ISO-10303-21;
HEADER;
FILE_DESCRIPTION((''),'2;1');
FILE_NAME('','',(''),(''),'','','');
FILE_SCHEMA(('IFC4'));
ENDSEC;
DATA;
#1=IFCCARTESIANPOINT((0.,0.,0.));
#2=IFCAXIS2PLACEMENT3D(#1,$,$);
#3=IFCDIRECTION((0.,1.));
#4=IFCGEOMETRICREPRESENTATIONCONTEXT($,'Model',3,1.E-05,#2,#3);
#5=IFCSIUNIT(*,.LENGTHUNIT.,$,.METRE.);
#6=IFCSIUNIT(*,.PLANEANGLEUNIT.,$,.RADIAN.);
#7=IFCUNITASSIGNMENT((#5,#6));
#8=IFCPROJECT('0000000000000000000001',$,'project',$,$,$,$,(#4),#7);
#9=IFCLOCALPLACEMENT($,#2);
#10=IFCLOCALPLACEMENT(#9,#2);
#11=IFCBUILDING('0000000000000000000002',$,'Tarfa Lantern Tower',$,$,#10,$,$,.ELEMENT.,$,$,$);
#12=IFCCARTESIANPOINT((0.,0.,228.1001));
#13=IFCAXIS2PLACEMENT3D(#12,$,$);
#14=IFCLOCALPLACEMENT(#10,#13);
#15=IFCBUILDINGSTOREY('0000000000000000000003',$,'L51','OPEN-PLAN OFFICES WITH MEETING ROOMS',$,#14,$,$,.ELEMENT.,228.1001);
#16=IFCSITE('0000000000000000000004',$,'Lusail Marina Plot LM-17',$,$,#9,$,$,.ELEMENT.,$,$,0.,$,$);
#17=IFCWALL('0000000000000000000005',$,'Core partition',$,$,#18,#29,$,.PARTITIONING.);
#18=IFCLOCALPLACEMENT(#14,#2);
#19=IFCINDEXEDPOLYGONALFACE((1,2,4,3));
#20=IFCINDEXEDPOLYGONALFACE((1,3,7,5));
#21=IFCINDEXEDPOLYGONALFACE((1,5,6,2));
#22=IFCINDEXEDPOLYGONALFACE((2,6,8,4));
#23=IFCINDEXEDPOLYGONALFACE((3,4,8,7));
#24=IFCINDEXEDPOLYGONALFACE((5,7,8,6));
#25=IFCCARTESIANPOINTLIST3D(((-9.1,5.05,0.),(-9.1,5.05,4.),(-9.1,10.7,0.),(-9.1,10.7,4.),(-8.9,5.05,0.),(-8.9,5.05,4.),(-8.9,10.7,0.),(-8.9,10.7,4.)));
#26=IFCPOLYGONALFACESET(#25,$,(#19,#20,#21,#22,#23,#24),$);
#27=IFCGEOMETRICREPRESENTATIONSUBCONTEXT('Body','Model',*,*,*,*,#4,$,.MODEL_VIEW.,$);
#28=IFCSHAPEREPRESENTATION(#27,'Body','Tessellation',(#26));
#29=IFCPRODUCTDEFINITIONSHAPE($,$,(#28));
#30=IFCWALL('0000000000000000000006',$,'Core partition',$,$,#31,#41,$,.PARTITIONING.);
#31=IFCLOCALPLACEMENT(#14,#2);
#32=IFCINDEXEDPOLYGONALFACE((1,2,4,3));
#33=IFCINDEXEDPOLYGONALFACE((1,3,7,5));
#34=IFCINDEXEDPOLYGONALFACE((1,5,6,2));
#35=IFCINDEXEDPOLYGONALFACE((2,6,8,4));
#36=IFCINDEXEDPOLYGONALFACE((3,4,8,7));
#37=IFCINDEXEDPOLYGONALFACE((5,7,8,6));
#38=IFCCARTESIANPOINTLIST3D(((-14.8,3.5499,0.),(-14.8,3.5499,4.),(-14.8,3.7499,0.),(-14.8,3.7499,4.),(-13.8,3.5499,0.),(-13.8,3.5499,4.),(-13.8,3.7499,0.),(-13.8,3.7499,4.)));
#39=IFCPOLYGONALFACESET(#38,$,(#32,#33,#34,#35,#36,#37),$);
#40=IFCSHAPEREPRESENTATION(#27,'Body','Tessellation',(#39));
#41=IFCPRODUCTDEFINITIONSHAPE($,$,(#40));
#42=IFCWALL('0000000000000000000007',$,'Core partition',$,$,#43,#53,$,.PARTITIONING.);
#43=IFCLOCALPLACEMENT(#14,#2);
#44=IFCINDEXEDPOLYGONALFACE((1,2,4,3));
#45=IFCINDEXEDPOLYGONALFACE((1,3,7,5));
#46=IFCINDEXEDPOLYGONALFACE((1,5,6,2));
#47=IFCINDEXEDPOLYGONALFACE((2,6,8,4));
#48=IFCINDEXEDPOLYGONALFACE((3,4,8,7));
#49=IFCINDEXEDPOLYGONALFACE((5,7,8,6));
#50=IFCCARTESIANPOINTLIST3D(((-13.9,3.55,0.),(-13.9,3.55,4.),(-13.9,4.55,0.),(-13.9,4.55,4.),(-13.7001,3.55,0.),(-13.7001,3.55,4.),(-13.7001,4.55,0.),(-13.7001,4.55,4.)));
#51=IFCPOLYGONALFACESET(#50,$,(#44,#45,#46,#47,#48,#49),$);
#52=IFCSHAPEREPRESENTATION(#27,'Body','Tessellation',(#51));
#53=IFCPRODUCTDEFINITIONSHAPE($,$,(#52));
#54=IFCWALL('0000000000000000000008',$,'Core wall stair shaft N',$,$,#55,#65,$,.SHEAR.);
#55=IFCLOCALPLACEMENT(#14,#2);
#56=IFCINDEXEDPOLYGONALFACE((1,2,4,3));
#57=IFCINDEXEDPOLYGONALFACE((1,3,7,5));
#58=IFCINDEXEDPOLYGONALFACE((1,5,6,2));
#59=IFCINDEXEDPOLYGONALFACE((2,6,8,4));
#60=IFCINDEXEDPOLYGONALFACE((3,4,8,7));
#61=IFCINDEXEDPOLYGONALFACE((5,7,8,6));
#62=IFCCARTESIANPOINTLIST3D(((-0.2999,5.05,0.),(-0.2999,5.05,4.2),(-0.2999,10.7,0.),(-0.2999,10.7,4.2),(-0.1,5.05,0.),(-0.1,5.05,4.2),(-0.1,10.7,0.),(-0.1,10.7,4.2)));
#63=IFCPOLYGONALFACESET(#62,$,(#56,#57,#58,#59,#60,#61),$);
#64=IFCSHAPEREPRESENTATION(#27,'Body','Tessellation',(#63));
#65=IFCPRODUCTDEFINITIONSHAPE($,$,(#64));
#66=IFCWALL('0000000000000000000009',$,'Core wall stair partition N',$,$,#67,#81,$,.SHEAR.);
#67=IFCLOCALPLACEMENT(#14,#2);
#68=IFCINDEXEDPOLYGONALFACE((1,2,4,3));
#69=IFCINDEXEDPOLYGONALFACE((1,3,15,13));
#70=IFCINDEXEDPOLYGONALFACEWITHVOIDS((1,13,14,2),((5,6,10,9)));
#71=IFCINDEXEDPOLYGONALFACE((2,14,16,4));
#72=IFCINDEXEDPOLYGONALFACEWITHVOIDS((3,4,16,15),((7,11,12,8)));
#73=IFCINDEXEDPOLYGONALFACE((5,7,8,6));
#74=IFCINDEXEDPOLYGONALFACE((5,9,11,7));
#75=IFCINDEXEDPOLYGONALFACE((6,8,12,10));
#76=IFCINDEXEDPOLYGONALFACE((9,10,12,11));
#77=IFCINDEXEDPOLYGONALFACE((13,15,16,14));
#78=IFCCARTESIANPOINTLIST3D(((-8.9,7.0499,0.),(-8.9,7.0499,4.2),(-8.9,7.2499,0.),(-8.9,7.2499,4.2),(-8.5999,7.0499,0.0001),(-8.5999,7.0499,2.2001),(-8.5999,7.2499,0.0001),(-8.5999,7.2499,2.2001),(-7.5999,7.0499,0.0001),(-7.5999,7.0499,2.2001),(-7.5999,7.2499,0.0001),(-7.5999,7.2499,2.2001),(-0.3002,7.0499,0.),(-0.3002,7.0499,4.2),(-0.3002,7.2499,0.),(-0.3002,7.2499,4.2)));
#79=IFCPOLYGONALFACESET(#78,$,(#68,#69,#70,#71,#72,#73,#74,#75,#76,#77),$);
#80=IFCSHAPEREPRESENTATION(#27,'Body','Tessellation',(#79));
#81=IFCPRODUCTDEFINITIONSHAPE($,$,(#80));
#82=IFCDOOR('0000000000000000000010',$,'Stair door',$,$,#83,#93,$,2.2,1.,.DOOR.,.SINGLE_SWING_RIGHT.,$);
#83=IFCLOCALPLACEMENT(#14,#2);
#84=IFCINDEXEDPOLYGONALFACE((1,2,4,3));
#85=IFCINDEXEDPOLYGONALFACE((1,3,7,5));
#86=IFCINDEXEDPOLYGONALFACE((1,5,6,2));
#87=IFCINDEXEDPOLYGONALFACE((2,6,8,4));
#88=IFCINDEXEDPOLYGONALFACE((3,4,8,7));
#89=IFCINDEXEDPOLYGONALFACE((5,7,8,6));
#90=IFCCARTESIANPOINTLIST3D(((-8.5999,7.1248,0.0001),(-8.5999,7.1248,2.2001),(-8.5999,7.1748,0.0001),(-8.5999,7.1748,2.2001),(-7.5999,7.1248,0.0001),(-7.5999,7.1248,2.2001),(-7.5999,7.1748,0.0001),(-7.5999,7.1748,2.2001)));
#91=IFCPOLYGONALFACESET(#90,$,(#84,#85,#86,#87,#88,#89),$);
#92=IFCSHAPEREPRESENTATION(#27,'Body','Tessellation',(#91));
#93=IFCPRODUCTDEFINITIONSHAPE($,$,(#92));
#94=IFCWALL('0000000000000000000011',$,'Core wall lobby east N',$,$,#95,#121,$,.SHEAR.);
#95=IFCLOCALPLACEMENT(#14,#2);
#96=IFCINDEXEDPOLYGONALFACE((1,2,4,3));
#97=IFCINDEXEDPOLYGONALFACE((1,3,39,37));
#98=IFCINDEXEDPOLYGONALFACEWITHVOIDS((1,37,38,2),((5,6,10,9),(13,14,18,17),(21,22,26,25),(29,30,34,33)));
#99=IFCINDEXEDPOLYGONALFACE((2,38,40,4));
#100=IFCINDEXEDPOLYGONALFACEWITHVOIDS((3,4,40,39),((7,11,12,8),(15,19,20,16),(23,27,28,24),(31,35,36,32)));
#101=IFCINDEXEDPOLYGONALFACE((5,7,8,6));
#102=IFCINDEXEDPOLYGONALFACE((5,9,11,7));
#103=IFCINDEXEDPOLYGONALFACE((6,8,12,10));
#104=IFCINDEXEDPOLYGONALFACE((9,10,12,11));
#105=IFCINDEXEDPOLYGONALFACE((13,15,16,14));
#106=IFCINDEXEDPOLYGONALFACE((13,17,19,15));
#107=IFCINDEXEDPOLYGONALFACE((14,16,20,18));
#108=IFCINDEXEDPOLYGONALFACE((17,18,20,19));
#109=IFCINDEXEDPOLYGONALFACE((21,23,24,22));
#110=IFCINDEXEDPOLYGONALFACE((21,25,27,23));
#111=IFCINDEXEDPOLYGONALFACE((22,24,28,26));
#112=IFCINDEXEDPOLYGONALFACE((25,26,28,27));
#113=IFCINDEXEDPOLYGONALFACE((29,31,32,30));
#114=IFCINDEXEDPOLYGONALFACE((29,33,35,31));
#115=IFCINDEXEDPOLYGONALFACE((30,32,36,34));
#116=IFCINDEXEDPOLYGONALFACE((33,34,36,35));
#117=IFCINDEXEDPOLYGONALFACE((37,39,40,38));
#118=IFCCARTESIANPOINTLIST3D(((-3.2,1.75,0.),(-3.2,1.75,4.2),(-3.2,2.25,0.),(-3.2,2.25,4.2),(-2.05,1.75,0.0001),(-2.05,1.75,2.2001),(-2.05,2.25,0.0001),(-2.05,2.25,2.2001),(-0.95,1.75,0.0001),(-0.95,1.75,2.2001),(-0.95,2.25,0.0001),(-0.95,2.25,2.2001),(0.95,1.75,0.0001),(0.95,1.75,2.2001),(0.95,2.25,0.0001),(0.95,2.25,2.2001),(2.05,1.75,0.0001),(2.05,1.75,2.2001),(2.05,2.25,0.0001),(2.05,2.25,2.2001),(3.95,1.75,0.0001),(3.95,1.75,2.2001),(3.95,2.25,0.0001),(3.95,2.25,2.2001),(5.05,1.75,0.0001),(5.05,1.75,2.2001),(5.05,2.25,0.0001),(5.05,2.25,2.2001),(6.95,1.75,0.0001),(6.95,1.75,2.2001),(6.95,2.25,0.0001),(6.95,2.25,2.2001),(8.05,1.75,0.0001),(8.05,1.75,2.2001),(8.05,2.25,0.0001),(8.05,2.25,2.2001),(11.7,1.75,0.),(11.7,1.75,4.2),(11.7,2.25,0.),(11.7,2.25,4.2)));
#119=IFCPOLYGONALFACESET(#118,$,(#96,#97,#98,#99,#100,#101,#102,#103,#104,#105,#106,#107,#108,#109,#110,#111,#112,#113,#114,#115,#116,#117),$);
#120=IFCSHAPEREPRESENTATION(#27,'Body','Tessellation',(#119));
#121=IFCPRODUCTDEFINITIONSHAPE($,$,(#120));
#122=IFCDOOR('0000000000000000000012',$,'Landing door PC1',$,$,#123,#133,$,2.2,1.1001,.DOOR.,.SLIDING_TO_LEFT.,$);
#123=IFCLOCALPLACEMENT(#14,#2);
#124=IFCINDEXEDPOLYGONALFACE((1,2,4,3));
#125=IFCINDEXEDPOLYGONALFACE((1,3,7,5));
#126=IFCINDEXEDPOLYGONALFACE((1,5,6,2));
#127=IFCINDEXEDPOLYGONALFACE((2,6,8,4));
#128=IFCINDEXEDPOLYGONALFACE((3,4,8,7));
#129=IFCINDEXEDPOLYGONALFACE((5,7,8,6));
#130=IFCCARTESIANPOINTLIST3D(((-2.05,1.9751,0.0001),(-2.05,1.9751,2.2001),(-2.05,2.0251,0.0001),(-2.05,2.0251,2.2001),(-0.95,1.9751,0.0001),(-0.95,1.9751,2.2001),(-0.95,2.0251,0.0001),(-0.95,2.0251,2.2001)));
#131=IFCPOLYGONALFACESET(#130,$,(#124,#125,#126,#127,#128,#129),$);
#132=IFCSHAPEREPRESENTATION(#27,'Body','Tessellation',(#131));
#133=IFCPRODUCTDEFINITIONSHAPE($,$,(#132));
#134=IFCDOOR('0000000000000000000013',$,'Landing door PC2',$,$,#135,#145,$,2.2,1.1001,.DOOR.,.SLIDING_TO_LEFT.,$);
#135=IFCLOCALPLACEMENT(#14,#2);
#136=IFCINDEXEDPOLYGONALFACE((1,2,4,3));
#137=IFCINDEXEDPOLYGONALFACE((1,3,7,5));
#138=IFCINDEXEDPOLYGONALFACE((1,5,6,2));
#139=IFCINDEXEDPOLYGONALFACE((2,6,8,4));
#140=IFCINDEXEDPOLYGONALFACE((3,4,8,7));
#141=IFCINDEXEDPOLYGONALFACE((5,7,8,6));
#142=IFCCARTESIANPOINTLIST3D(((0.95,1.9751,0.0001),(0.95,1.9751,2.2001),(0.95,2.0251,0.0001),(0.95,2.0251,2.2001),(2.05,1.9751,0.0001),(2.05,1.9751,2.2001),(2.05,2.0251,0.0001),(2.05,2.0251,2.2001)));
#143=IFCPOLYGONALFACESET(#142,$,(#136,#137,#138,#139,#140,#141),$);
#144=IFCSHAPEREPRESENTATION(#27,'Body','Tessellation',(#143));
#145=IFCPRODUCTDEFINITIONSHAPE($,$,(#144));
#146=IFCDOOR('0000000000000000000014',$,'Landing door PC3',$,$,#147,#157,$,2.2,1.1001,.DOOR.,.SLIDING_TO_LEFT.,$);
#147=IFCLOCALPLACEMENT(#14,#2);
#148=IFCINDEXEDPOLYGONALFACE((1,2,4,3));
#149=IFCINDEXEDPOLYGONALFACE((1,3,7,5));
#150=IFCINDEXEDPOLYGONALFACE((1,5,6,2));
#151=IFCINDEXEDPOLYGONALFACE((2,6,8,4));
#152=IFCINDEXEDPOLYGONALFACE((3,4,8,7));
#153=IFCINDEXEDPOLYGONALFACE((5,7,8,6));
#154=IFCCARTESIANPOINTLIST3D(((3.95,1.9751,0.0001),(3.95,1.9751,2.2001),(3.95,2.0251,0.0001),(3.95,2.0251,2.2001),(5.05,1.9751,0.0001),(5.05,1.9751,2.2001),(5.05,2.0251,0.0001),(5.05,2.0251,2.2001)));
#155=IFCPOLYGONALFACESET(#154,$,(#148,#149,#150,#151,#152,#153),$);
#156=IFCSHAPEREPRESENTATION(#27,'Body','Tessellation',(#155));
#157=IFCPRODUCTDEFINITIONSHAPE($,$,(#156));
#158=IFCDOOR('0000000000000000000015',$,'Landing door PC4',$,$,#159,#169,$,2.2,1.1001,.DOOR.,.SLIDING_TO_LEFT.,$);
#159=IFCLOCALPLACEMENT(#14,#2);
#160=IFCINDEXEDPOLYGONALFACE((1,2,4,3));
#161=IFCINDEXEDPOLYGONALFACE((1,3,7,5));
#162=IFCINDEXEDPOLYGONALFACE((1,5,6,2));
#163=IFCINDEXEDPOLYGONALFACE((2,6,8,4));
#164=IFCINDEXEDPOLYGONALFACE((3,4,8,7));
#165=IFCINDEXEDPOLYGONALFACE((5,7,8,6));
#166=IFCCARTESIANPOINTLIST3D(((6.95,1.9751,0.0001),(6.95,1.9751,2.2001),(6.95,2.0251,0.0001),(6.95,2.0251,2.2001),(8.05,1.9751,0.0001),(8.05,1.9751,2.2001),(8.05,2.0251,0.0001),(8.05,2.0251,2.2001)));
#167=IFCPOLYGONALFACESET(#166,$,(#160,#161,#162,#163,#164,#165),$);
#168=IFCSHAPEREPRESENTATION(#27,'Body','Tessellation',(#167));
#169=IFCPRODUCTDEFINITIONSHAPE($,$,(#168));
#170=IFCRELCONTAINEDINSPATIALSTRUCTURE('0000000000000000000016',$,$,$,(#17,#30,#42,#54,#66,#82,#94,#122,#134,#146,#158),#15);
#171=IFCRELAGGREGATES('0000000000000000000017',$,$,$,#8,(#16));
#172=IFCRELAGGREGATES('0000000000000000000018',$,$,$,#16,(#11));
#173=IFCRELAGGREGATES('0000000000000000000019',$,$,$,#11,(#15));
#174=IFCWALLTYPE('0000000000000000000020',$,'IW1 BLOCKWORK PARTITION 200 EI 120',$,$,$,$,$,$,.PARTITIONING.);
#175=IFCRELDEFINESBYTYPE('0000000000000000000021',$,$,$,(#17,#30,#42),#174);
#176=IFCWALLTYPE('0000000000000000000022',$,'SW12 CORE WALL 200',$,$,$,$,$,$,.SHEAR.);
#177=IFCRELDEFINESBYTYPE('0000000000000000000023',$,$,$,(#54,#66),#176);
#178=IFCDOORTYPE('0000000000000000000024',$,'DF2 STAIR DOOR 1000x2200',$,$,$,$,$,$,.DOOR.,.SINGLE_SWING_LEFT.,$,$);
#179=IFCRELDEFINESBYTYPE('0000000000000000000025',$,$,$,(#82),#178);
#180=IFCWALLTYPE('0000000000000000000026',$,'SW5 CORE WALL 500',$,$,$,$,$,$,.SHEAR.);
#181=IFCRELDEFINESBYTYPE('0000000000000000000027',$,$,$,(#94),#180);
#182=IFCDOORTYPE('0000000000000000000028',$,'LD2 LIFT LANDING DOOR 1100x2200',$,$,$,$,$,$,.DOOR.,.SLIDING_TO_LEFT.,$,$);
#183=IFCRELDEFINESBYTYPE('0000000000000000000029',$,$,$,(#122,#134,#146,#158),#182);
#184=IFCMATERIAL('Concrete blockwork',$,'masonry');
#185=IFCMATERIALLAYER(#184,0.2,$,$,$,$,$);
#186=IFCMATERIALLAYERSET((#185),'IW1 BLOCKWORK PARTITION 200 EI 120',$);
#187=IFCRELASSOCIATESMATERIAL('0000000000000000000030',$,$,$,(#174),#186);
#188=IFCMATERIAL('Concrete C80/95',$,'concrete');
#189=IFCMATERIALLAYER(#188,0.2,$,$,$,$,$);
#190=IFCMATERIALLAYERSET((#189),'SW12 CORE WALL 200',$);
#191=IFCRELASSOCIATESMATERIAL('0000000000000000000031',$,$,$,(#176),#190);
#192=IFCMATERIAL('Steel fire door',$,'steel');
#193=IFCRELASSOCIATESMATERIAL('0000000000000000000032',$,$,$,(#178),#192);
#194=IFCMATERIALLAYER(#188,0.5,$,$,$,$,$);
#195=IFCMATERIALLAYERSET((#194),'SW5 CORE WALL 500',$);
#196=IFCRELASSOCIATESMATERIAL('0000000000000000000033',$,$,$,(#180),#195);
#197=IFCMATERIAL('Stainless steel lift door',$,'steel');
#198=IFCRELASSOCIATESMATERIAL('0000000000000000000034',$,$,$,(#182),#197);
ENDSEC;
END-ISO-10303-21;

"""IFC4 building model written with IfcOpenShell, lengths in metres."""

from ifc_helpers import new_model, si_unit, direction, frame, frame_2d, origin, place, context, subcontext, project, spatial, rectangle, extrude, material, layer, layer_set, type_object, element, fill, save


model = new_model("IFC4")

# Units and contexts
model_context = context("Model", 3, precision=1e-05, world=origin(), true_north=direction((0.0, 1.0)))
body_context = subcontext(model_context, "Body", "Model", "MODEL_VIEW")
ifc_project = project(units=[si_unit("LENGTHUNIT", "METRE"), si_unit("PLANEANGLEUNIT", "RADIAN")], contexts=[model_context])

# Site, building, storey
site_placement = place(None, origin())
site = spatial("IfcSite", under=ifc_project, at=site_placement, Name="Lusail Marina Plot LM-17", CompositionType="ELEMENT", RefElevation=0.0)
building_placement = place(site_placement, origin())
building = spatial("IfcBuilding", under=site, at=building_placement, Name="Tarfa Lantern Tower", CompositionType="ELEMENT")
storey_placement = place(building_placement, frame((0.0, 0.0, 228.1001)))
storey = spatial("IfcBuildingStorey", under=building, at=storey_placement, Name="L51", Description="OPEN-PLAN OFFICES WITH MEETING ROOMS", CompositionType="ELEMENT", Elevation=228.1001)

# Walls
ifc_material_1 = material(Name="Concrete blockwork", Category="masonry")
ifc_layer_1 = layer(ifc_material_1, 0.2)
ifc_layer_set_1 = layer_set([ifc_layer_1], Name="IW1 BLOCKWORK PARTITION 200 EI 120")
wall_type_1 = type_object("IfcWallType", Name="IW1 BLOCKWORK PARTITION 200 EI 120", PredefinedType="PARTITIONING", material=ifc_layer_set_1)
wall_1_placement = place(storey_placement, frame((-9.0, 5.05, 0.0), z_axis=(0.0, 0.0, 1.0), x_axis=(0.0, 1.0, 0.0)))
element("IfcWall", 1, at=wall_1_placement, inside=storey, type_object=wall_type_1, Name="Core partition", PredefinedType="PARTITIONING", context=body_context, shape_type="SweptSolid", body=[
    extrude(rectangle(XDim=5.6499, YDim=0.2, at=frame_2d((2.825, 0.0))), origin(), (0.0, 0.0, 1.0), 4.0),
])
for number, where, z_axis, x_axis, name in (
    (2, (-14.8, 3.6499, 0.0), (0.0, 0.0, 1.0), (1.0, 0.0, 0.0), "Core partition"),
    (3, (-13.8, 3.55, 0.0), (0.0, 0.0, 1.0), (0.0, 1.0, 0.0), "Core partition"),
):
    element("IfcWall", number, at=place(storey_placement, frame(where, z_axis=z_axis, x_axis=x_axis)), inside=storey, type_object=wall_type_1, Name=name, PredefinedType="PARTITIONING", context=body_context, shape_type="SweptSolid", body=[
        extrude(rectangle(XDim=1.0, YDim=0.2, at=frame_2d((0.5, 0.0))), origin(), (0.0, 0.0, 1.0), 4.0),
    ])
ifc_material_2 = material(Name="Concrete C80/95", Category="concrete")
ifc_layer_2 = layer(ifc_material_2, 0.2)
ifc_layer_set_2 = layer_set([ifc_layer_2], Name="SW12 CORE WALL 200")
wall_type_2 = type_object("IfcWallType", Name="SW12 CORE WALL 200", PredefinedType="SHEAR", material=ifc_layer_set_2)
wall_2_placement = place(storey_placement, frame((-0.2, 5.05, 0.0), z_axis=(0.0, 0.0, 1.0), x_axis=(0.0, 1.0, 0.0)))
element("IfcWall", 4, at=wall_2_placement, inside=storey, type_object=wall_type_2, Name="Core wall stair shaft N", PredefinedType="SHEAR", context=body_context, shape_type="SweptSolid", body=[
    extrude(rectangle(XDim=5.6499, YDim=0.2, at=frame_2d((2.825, 0.0))), origin(), (0.0, 0.0, 1.0), 4.2),
])

# Wall, opening, door
wall_3_placement = place(storey_placement, frame((-8.8999, 7.1499, 0.0), z_axis=(0.0, 0.0, 1.0), x_axis=(1.0, 0.0, 0.0)))
wall_3 = element("IfcWall", 5, at=wall_3_placement, inside=storey, type_object=wall_type_2, Name="Core wall stair partition N", PredefinedType="SHEAR", context=body_context, shape_type="SweptSolid", body=[
    extrude(rectangle(XDim=8.5999, YDim=0.2, at=frame_2d((4.2998, 0.0))), origin(), (0.0, 0.0, 1.0), 4.2),
])
opening_1_placement = place(wall_3_placement, frame((0.3, 0.0, 0.0)))
opening_1 = element("IfcOpeningElement", 6, at=opening_1_placement, cuts=wall_3, PredefinedType="OPENING", context=body_context, shape_type="SweptSolid", body=[
    extrude(rectangle(XDim=1.0, YDim=2.2, at=frame_2d((0.5, 1.1001))), frame((0.0, 0.1099, 0.0), z_axis=(0.0, -1.0, 0.0), x_axis=(1.0, 0.0, 0.0)), (0.0, 0.0, 1.0), 0.22),
])
ifc_material_3 = material(Name="Steel fire door", Category="steel")
door_type_1 = type_object("IfcDoorType", Name="DF2 STAIR DOOR 1000x2200", OperationType="SINGLE_SWING_LEFT", PredefinedType="DOOR", material=ifc_material_3)
door_1_placement = place(opening_1_placement, origin())
door_1 = element("IfcDoor", 7, at=door_1_placement, inside=storey, type_object=door_type_1, Name="Stair door", OperationType="SINGLE_SWING_RIGHT", OverallHeight=2.2, OverallWidth=1.0, PredefinedType="DOOR", context=body_context, shape_type="SweptSolid", body=[
    extrude(rectangle(XDim=1.0, YDim=2.2, at=frame_2d((0.5, 1.1001))), frame((0.0, 0.0249, 0.0), z_axis=(0.0, -1.0, 0.0), x_axis=(1.0, 0.0, 0.0)), (0.0, 0.0, 1.0), 0.05),
])
fill(opening_1, door_1)

# Wall, openings, doors
ifc_layer_3 = layer(ifc_material_2, 0.5)
ifc_layer_set_3 = layer_set([ifc_layer_3], Name="SW5 CORE WALL 500")
wall_type_3 = type_object("IfcWallType", Name="SW5 CORE WALL 500", PredefinedType="SHEAR", material=ifc_layer_set_3)
wall_4_placement = place(storey_placement, frame((-3.2, 2.0, 0.0), z_axis=(0.0, 0.0, 1.0), x_axis=(1.0, 0.0, 0.0)))
wall_4 = element("IfcWall", 8, at=wall_4_placement, inside=storey, type_object=wall_type_3, Name="Core wall lobby east N", PredefinedType="SHEAR", context=body_context, shape_type="SweptSolid", body=[
    extrude(rectangle(XDim=14.8999, YDim=0.5, at=frame_2d((7.45, 0.0))), origin(), (0.0, 0.0, 1.0), 4.2),
])
opening_2_placement = place(wall_4_placement, frame((1.1499, 0.0, 0.0)))
opening_2 = element("IfcOpeningElement", 9, at=opening_2_placement, cuts=wall_4, PredefinedType="OPENING", context=body_context, shape_type="SweptSolid", body=[
    extrude(rectangle(XDim=1.1001, YDim=2.2, at=frame_2d((0.55, 1.1001))), frame((0.0, 0.26, 0.0), z_axis=(0.0, -1.0, 0.0), x_axis=(1.0, 0.0, 0.0)), (0.0, 0.0, 1.0), 0.52),
])
opening_3_placement = place(wall_4_placement, frame((4.1499, 0.0, 0.0)))
opening_3 = element("IfcOpeningElement", 10, at=opening_3_placement, cuts=wall_4, PredefinedType="OPENING", context=body_context, shape_type="SweptSolid", body=[
    extrude(rectangle(XDim=1.1001, YDim=2.2, at=frame_2d((0.55, 1.1001))), frame((0.0, 0.26, 0.0), z_axis=(0.0, -1.0, 0.0), x_axis=(1.0, 0.0, 0.0)), (0.0, 0.0, 1.0), 0.52),
])
opening_4_placement = place(wall_4_placement, frame((7.1499, 0.0, 0.0)))
opening_4 = element("IfcOpeningElement", 11, at=opening_4_placement, cuts=wall_4, PredefinedType="OPENING", context=body_context, shape_type="SweptSolid", body=[
    extrude(rectangle(XDim=1.1001, YDim=2.2, at=frame_2d((0.55, 1.1001))), frame((0.0, 0.26, 0.0), z_axis=(0.0, -1.0, 0.0), x_axis=(1.0, 0.0, 0.0)), (0.0, 0.0, 1.0), 0.52),
])
opening_5_placement = place(wall_4_placement, frame((10.1499, 0.0, 0.0)))
opening_5 = element("IfcOpeningElement", 12, at=opening_5_placement, cuts=wall_4, PredefinedType="OPENING", context=body_context, shape_type="SweptSolid", body=[
    extrude(rectangle(XDim=1.1001, YDim=2.2, at=frame_2d((0.55, 1.1001))), frame((0.0, 0.26, 0.0), z_axis=(0.0, -1.0, 0.0), x_axis=(1.0, 0.0, 0.0)), (0.0, 0.0, 1.0), 0.52),
])
ifc_material_4 = material(Name="Stainless steel lift door", Category="steel")
door_type_2 = type_object("IfcDoorType", Name="LD2 LIFT LANDING DOOR 1100x2200", OperationType="SLIDING_TO_LEFT", PredefinedType="DOOR", material=ifc_material_4)
door_2_placement = place(opening_2_placement, frame((1.1001, 0.0, 0.0), z_axis=(0.0, 0.0, 1.0), x_axis=(-1.0, 0.0, 0.0)))
door_2 = element("IfcDoor", 13, at=door_2_placement, inside=storey, type_object=door_type_2, Name="Landing door PC1", OperationType="SLIDING_TO_LEFT", OverallHeight=2.2, OverallWidth=1.1001, PredefinedType="DOOR", context=body_context, shape_type="SweptSolid", body=[
    extrude(rectangle(XDim=1.1001, YDim=2.2, at=frame_2d((0.55, 1.1001))), frame((0.0, 0.0249, 0.0), z_axis=(0.0, -1.0, 0.0), x_axis=(1.0, 0.0, 0.0)), (0.0, 0.0, 1.0), 0.05),
])
fill(opening_2, door_2)
door_3_placement = place(opening_3_placement, frame((1.1001, 0.0, 0.0), z_axis=(0.0, 0.0, 1.0), x_axis=(-1.0, 0.0, 0.0)))
door_3 = element("IfcDoor", 14, at=door_3_placement, inside=storey, type_object=door_type_2, Name="Landing door PC2", OperationType="SLIDING_TO_LEFT", OverallHeight=2.2, OverallWidth=1.1001, PredefinedType="DOOR", context=body_context, shape_type="SweptSolid", body=[
    extrude(rectangle(XDim=1.1001, YDim=2.2, at=frame_2d((0.55, 1.1001))), frame((0.0, 0.0249, 0.0), z_axis=(0.0, -1.0, 0.0), x_axis=(1.0, 0.0, 0.0)), (0.0, 0.0, 1.0), 0.05),
])
fill(opening_3, door_3)
door_4_placement = place(opening_4_placement, frame((1.1001, 0.0, 0.0), z_axis=(0.0, 0.0, 1.0), x_axis=(-1.0, 0.0, 0.0)))
door_4 = element("IfcDoor", 15, at=door_4_placement, inside=storey, type_object=door_type_2, Name="Landing door PC3", OperationType="SLIDING_TO_LEFT", OverallHeight=2.2, OverallWidth=1.1001, PredefinedType="DOOR", context=body_context, shape_type="SweptSolid", body=[
    extrude(rectangle(XDim=1.1001, YDim=2.2, at=frame_2d((0.55, 1.1001))), frame((0.0, 0.0249, 0.0), z_axis=(0.0, -1.0, 0.0), x_axis=(1.0, 0.0, 0.0)), (0.0, 0.0, 1.0), 0.05),
])
fill(opening_4, door_4)
door_5_placement = place(opening_5_placement, frame((1.1001, 0.0, 0.0), z_axis=(0.0, 0.0, 1.0), x_axis=(-1.0, 0.0, 0.0)))
door_5 = element("IfcDoor", 16, at=door_5_placement, inside=storey, type_object=door_type_2, Name="Landing door PC4", OperationType="SLIDING_TO_LEFT", OverallHeight=2.2, OverallWidth=1.1001, PredefinedType="DOOR", context=body_context, shape_type="SweptSolid", body=[
    extrude(rectangle(XDim=1.1001, YDim=2.2, at=frame_2d((0.55, 1.1001))), frame((0.0, 0.0249, 0.0), z_axis=(0.0, -1.0, 0.0), x_axis=(1.0, 0.0, 0.0)), (0.0, 0.0, 1.0), 0.05),
])
fill(opening_5, door_5)

save(model, "model.ifc")
